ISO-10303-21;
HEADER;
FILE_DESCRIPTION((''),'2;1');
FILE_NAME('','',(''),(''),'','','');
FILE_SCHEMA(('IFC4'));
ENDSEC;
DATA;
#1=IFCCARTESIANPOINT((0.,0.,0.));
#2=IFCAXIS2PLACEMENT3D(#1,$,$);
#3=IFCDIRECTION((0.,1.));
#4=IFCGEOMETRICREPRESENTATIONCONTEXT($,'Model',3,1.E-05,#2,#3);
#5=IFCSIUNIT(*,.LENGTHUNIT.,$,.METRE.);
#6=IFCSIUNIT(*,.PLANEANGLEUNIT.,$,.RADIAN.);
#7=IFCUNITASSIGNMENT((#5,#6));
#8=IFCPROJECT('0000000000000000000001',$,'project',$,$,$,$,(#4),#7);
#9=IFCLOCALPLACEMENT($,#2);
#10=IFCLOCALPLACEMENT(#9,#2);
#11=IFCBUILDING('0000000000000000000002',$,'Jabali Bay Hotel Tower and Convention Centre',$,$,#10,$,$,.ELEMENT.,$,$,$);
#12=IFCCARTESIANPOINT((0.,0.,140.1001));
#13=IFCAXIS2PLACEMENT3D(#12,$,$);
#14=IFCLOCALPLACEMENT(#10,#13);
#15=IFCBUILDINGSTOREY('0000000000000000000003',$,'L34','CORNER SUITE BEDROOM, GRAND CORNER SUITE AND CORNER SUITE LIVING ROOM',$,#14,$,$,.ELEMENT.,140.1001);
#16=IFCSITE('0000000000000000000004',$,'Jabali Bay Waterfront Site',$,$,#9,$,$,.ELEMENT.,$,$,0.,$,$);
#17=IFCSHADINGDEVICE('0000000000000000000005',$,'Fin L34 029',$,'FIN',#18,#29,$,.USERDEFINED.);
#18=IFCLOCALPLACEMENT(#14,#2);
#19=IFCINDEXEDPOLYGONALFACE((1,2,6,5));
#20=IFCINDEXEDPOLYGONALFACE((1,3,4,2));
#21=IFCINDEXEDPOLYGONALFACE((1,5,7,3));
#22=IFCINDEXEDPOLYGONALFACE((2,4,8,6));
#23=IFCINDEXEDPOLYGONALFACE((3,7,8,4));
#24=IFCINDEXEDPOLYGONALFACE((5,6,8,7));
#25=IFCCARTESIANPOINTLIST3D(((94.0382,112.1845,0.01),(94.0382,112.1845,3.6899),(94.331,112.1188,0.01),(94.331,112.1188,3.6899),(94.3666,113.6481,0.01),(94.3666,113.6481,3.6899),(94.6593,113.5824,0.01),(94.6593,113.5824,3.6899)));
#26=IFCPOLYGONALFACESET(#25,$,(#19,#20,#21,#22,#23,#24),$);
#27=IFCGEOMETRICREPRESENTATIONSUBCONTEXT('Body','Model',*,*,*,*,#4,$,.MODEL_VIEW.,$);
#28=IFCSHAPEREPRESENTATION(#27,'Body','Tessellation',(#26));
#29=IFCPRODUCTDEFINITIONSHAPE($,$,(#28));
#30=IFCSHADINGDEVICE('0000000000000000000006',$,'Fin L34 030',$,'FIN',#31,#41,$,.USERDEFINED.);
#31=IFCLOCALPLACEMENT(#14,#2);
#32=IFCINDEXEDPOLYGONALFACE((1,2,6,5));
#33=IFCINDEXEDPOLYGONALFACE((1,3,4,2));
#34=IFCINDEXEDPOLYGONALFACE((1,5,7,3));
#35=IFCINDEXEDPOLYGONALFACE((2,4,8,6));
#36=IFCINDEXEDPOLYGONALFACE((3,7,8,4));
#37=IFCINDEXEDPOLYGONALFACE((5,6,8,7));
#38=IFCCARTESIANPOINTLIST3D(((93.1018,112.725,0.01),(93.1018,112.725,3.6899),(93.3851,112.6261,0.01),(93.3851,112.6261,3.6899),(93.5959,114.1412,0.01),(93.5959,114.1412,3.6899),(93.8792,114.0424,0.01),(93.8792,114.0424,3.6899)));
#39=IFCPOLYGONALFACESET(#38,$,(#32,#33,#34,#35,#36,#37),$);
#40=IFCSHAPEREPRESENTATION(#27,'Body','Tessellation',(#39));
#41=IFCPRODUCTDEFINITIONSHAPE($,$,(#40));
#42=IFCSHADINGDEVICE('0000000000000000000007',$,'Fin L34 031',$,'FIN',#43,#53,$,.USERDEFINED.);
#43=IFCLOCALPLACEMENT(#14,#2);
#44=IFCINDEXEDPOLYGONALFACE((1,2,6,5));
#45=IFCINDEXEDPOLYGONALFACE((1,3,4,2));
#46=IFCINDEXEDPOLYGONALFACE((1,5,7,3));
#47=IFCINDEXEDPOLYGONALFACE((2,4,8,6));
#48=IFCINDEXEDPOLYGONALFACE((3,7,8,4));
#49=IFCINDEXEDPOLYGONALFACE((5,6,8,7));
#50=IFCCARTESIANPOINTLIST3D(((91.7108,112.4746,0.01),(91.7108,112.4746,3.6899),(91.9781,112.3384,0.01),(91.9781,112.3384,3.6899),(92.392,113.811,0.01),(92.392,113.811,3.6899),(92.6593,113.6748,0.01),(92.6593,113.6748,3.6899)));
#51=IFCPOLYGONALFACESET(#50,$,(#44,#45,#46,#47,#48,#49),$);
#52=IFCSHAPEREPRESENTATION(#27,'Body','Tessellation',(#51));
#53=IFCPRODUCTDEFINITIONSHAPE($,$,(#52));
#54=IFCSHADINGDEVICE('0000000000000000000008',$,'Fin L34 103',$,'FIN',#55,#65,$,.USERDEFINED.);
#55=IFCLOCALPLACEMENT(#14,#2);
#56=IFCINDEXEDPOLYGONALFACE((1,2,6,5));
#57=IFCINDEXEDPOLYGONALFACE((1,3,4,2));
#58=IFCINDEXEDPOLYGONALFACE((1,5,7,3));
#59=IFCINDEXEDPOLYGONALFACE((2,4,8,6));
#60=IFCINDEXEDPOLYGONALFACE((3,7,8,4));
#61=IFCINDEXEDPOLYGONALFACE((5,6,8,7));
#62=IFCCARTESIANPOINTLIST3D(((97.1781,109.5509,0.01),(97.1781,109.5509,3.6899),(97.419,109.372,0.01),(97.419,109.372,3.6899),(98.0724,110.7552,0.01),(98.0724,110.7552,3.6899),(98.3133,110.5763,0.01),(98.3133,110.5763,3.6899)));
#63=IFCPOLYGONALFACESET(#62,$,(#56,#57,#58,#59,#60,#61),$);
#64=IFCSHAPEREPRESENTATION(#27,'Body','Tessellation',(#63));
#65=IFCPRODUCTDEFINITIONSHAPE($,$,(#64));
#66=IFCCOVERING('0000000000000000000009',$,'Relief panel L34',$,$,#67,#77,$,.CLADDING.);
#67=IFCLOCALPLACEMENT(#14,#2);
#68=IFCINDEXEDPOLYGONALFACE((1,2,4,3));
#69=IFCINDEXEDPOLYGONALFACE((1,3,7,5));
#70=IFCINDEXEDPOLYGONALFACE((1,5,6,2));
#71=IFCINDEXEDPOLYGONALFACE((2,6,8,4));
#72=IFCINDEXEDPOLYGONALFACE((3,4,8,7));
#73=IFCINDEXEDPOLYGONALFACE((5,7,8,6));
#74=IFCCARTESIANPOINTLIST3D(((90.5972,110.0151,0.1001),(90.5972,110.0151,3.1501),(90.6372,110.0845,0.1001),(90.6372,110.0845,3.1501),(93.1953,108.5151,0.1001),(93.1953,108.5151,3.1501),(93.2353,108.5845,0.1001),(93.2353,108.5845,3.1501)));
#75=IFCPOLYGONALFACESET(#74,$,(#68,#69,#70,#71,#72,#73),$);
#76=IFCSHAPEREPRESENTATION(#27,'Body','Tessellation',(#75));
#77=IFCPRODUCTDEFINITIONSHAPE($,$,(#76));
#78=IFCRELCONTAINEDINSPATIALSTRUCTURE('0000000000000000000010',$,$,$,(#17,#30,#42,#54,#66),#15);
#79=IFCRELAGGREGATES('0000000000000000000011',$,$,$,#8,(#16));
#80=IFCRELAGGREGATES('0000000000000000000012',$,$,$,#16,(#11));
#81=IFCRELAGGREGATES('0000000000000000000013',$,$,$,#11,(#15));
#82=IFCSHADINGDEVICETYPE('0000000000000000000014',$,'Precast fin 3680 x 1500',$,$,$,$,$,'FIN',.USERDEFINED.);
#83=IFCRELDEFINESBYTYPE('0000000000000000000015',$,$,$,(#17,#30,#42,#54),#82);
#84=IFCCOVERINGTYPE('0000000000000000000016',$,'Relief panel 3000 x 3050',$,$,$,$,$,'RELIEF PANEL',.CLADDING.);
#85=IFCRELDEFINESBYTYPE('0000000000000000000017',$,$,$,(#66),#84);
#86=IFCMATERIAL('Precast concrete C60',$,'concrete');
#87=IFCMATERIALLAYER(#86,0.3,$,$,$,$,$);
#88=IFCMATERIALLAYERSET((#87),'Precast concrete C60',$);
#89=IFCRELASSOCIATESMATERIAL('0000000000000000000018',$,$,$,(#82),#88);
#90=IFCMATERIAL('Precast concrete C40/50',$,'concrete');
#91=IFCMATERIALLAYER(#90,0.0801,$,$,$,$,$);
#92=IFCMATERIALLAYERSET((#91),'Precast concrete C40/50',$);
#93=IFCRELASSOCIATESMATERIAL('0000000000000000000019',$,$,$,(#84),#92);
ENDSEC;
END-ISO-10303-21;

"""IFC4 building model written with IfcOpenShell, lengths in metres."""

from ifc_helpers import new_model, si_unit, direction, frame, frame_2d, origin, origin_2d, place, context, subcontext, project, spatial, rectangle, extrude, material, layer, layer_set, type_object, element, save


model = new_model("IFC4")

# Units and contexts
model_context = context("Model", 3, precision=1e-05, world=origin(), true_north=direction((0.0, 1.0)))
body_context = subcontext(model_context, "Body", "Model", "MODEL_VIEW")
ifc_project = project(units=[si_unit("LENGTHUNIT", "METRE"), si_unit("PLANEANGLEUNIT", "RADIAN")], contexts=[model_context])

# Site, building, storey
site_placement = place(None, origin())
site = spatial("IfcSite", under=ifc_project, at=site_placement, Name="Jabali Bay Waterfront Site", CompositionType="ELEMENT", RefElevation=0.0)
building_placement = place(site_placement, origin())
building = spatial("IfcBuilding", under=site, at=building_placement, Name="Jabali Bay Hotel Tower and Convention Centre", CompositionType="ELEMENT")
storey_placement = place(building_placement, frame((0.0, 0.0, 140.1001)))
storey = spatial("IfcBuildingStorey", under=building, at=storey_placement, Name="L34", Description="CORNER SUITE BEDROOM, GRAND CORNER SUITE AND CORNER SUITE LIVING ROOM", CompositionType="ELEMENT", Elevation=140.1001)

# Shading devices
ifc_material_1 = material(Name="Precast concrete C60", Category="concrete")
ifc_layer_1 = layer(ifc_material_1, 0.3)
ifc_layer_set_1 = layer_set([ifc_layer_1], Name="Precast concrete C60")
shading_device_type = type_object("IfcShadingDeviceType", Name="Precast fin 3680 x 1500", ElementType="FIN", PredefinedType="USERDEFINED", material=ifc_layer_set_1)
for number, where, z_axis, x_axis, name in (
    (1, (94.1846, 112.1516, 0.01), (0.0, 0.0, 1.0), (0.218912, 0.975745, 0.0), "Fin L34 029"),
    (2, (93.2434, 112.6755, 0.01), (0.0, 0.0, 1.0), (0.32943, 0.94418, 0.0), "Fin L34 030"),
    (3, (91.8445, 112.4065, 0.01), (0.0, 0.0, 1.0), (0.454101, 0.89095, 0.0), "Fin L34 031"),
    (4, (97.2986, 109.4614, 0.01), (0.0, 0.0, 1.0), (0.596165, 0.802862, 0.0), "Fin L34 103"),
):
    element("IfcShadingDevice", number, at=place(storey_placement, frame(where, z_axis=z_axis, x_axis=x_axis)), inside=storey, type_object=shading_device_type, Name=name, ObjectType="FIN", PredefinedType="USERDEFINED", context=body_context, shape_type="SweptSolid", body=[
        extrude(rectangle(XDim=1.5, YDim=0.3, at=frame_2d((0.75, 0.0))), origin(), (0.0, 0.0, 1.0), 3.6799),
    ])

# Covering
ifc_material_2 = material(Name="Precast concrete C40/50", Category="concrete")
ifc_layer_2 = layer(ifc_material_2, 0.0801)
ifc_layer_set_2 = layer_set([ifc_layer_2], Name="Precast concrete C40/50")
covering_type = type_object("IfcCoveringType", Name="Relief panel 3000 x 3050", ElementType="RELIEF PANEL", PredefinedType="CLADDING", material=ifc_layer_set_2)
covering_placement = place(storey_placement, frame((91.9163, 109.2998, 0.1001), z_axis=(0.0, 0.0, 1.0), x_axis=(0.866025, -0.5, 0.0)))
element("IfcCovering", 5, at=covering_placement, inside=storey, type_object=covering_type, Name="Relief panel L34", PredefinedType="CLADDING", context=body_context, shape_type="SweptSolid", body=[
    extrude(rectangle(XDim=3.0, YDim=0.0801, at=origin_2d()), origin(), (0.0, 0.0, 1.0), 3.05),
])

save(model, "model.ifc")
